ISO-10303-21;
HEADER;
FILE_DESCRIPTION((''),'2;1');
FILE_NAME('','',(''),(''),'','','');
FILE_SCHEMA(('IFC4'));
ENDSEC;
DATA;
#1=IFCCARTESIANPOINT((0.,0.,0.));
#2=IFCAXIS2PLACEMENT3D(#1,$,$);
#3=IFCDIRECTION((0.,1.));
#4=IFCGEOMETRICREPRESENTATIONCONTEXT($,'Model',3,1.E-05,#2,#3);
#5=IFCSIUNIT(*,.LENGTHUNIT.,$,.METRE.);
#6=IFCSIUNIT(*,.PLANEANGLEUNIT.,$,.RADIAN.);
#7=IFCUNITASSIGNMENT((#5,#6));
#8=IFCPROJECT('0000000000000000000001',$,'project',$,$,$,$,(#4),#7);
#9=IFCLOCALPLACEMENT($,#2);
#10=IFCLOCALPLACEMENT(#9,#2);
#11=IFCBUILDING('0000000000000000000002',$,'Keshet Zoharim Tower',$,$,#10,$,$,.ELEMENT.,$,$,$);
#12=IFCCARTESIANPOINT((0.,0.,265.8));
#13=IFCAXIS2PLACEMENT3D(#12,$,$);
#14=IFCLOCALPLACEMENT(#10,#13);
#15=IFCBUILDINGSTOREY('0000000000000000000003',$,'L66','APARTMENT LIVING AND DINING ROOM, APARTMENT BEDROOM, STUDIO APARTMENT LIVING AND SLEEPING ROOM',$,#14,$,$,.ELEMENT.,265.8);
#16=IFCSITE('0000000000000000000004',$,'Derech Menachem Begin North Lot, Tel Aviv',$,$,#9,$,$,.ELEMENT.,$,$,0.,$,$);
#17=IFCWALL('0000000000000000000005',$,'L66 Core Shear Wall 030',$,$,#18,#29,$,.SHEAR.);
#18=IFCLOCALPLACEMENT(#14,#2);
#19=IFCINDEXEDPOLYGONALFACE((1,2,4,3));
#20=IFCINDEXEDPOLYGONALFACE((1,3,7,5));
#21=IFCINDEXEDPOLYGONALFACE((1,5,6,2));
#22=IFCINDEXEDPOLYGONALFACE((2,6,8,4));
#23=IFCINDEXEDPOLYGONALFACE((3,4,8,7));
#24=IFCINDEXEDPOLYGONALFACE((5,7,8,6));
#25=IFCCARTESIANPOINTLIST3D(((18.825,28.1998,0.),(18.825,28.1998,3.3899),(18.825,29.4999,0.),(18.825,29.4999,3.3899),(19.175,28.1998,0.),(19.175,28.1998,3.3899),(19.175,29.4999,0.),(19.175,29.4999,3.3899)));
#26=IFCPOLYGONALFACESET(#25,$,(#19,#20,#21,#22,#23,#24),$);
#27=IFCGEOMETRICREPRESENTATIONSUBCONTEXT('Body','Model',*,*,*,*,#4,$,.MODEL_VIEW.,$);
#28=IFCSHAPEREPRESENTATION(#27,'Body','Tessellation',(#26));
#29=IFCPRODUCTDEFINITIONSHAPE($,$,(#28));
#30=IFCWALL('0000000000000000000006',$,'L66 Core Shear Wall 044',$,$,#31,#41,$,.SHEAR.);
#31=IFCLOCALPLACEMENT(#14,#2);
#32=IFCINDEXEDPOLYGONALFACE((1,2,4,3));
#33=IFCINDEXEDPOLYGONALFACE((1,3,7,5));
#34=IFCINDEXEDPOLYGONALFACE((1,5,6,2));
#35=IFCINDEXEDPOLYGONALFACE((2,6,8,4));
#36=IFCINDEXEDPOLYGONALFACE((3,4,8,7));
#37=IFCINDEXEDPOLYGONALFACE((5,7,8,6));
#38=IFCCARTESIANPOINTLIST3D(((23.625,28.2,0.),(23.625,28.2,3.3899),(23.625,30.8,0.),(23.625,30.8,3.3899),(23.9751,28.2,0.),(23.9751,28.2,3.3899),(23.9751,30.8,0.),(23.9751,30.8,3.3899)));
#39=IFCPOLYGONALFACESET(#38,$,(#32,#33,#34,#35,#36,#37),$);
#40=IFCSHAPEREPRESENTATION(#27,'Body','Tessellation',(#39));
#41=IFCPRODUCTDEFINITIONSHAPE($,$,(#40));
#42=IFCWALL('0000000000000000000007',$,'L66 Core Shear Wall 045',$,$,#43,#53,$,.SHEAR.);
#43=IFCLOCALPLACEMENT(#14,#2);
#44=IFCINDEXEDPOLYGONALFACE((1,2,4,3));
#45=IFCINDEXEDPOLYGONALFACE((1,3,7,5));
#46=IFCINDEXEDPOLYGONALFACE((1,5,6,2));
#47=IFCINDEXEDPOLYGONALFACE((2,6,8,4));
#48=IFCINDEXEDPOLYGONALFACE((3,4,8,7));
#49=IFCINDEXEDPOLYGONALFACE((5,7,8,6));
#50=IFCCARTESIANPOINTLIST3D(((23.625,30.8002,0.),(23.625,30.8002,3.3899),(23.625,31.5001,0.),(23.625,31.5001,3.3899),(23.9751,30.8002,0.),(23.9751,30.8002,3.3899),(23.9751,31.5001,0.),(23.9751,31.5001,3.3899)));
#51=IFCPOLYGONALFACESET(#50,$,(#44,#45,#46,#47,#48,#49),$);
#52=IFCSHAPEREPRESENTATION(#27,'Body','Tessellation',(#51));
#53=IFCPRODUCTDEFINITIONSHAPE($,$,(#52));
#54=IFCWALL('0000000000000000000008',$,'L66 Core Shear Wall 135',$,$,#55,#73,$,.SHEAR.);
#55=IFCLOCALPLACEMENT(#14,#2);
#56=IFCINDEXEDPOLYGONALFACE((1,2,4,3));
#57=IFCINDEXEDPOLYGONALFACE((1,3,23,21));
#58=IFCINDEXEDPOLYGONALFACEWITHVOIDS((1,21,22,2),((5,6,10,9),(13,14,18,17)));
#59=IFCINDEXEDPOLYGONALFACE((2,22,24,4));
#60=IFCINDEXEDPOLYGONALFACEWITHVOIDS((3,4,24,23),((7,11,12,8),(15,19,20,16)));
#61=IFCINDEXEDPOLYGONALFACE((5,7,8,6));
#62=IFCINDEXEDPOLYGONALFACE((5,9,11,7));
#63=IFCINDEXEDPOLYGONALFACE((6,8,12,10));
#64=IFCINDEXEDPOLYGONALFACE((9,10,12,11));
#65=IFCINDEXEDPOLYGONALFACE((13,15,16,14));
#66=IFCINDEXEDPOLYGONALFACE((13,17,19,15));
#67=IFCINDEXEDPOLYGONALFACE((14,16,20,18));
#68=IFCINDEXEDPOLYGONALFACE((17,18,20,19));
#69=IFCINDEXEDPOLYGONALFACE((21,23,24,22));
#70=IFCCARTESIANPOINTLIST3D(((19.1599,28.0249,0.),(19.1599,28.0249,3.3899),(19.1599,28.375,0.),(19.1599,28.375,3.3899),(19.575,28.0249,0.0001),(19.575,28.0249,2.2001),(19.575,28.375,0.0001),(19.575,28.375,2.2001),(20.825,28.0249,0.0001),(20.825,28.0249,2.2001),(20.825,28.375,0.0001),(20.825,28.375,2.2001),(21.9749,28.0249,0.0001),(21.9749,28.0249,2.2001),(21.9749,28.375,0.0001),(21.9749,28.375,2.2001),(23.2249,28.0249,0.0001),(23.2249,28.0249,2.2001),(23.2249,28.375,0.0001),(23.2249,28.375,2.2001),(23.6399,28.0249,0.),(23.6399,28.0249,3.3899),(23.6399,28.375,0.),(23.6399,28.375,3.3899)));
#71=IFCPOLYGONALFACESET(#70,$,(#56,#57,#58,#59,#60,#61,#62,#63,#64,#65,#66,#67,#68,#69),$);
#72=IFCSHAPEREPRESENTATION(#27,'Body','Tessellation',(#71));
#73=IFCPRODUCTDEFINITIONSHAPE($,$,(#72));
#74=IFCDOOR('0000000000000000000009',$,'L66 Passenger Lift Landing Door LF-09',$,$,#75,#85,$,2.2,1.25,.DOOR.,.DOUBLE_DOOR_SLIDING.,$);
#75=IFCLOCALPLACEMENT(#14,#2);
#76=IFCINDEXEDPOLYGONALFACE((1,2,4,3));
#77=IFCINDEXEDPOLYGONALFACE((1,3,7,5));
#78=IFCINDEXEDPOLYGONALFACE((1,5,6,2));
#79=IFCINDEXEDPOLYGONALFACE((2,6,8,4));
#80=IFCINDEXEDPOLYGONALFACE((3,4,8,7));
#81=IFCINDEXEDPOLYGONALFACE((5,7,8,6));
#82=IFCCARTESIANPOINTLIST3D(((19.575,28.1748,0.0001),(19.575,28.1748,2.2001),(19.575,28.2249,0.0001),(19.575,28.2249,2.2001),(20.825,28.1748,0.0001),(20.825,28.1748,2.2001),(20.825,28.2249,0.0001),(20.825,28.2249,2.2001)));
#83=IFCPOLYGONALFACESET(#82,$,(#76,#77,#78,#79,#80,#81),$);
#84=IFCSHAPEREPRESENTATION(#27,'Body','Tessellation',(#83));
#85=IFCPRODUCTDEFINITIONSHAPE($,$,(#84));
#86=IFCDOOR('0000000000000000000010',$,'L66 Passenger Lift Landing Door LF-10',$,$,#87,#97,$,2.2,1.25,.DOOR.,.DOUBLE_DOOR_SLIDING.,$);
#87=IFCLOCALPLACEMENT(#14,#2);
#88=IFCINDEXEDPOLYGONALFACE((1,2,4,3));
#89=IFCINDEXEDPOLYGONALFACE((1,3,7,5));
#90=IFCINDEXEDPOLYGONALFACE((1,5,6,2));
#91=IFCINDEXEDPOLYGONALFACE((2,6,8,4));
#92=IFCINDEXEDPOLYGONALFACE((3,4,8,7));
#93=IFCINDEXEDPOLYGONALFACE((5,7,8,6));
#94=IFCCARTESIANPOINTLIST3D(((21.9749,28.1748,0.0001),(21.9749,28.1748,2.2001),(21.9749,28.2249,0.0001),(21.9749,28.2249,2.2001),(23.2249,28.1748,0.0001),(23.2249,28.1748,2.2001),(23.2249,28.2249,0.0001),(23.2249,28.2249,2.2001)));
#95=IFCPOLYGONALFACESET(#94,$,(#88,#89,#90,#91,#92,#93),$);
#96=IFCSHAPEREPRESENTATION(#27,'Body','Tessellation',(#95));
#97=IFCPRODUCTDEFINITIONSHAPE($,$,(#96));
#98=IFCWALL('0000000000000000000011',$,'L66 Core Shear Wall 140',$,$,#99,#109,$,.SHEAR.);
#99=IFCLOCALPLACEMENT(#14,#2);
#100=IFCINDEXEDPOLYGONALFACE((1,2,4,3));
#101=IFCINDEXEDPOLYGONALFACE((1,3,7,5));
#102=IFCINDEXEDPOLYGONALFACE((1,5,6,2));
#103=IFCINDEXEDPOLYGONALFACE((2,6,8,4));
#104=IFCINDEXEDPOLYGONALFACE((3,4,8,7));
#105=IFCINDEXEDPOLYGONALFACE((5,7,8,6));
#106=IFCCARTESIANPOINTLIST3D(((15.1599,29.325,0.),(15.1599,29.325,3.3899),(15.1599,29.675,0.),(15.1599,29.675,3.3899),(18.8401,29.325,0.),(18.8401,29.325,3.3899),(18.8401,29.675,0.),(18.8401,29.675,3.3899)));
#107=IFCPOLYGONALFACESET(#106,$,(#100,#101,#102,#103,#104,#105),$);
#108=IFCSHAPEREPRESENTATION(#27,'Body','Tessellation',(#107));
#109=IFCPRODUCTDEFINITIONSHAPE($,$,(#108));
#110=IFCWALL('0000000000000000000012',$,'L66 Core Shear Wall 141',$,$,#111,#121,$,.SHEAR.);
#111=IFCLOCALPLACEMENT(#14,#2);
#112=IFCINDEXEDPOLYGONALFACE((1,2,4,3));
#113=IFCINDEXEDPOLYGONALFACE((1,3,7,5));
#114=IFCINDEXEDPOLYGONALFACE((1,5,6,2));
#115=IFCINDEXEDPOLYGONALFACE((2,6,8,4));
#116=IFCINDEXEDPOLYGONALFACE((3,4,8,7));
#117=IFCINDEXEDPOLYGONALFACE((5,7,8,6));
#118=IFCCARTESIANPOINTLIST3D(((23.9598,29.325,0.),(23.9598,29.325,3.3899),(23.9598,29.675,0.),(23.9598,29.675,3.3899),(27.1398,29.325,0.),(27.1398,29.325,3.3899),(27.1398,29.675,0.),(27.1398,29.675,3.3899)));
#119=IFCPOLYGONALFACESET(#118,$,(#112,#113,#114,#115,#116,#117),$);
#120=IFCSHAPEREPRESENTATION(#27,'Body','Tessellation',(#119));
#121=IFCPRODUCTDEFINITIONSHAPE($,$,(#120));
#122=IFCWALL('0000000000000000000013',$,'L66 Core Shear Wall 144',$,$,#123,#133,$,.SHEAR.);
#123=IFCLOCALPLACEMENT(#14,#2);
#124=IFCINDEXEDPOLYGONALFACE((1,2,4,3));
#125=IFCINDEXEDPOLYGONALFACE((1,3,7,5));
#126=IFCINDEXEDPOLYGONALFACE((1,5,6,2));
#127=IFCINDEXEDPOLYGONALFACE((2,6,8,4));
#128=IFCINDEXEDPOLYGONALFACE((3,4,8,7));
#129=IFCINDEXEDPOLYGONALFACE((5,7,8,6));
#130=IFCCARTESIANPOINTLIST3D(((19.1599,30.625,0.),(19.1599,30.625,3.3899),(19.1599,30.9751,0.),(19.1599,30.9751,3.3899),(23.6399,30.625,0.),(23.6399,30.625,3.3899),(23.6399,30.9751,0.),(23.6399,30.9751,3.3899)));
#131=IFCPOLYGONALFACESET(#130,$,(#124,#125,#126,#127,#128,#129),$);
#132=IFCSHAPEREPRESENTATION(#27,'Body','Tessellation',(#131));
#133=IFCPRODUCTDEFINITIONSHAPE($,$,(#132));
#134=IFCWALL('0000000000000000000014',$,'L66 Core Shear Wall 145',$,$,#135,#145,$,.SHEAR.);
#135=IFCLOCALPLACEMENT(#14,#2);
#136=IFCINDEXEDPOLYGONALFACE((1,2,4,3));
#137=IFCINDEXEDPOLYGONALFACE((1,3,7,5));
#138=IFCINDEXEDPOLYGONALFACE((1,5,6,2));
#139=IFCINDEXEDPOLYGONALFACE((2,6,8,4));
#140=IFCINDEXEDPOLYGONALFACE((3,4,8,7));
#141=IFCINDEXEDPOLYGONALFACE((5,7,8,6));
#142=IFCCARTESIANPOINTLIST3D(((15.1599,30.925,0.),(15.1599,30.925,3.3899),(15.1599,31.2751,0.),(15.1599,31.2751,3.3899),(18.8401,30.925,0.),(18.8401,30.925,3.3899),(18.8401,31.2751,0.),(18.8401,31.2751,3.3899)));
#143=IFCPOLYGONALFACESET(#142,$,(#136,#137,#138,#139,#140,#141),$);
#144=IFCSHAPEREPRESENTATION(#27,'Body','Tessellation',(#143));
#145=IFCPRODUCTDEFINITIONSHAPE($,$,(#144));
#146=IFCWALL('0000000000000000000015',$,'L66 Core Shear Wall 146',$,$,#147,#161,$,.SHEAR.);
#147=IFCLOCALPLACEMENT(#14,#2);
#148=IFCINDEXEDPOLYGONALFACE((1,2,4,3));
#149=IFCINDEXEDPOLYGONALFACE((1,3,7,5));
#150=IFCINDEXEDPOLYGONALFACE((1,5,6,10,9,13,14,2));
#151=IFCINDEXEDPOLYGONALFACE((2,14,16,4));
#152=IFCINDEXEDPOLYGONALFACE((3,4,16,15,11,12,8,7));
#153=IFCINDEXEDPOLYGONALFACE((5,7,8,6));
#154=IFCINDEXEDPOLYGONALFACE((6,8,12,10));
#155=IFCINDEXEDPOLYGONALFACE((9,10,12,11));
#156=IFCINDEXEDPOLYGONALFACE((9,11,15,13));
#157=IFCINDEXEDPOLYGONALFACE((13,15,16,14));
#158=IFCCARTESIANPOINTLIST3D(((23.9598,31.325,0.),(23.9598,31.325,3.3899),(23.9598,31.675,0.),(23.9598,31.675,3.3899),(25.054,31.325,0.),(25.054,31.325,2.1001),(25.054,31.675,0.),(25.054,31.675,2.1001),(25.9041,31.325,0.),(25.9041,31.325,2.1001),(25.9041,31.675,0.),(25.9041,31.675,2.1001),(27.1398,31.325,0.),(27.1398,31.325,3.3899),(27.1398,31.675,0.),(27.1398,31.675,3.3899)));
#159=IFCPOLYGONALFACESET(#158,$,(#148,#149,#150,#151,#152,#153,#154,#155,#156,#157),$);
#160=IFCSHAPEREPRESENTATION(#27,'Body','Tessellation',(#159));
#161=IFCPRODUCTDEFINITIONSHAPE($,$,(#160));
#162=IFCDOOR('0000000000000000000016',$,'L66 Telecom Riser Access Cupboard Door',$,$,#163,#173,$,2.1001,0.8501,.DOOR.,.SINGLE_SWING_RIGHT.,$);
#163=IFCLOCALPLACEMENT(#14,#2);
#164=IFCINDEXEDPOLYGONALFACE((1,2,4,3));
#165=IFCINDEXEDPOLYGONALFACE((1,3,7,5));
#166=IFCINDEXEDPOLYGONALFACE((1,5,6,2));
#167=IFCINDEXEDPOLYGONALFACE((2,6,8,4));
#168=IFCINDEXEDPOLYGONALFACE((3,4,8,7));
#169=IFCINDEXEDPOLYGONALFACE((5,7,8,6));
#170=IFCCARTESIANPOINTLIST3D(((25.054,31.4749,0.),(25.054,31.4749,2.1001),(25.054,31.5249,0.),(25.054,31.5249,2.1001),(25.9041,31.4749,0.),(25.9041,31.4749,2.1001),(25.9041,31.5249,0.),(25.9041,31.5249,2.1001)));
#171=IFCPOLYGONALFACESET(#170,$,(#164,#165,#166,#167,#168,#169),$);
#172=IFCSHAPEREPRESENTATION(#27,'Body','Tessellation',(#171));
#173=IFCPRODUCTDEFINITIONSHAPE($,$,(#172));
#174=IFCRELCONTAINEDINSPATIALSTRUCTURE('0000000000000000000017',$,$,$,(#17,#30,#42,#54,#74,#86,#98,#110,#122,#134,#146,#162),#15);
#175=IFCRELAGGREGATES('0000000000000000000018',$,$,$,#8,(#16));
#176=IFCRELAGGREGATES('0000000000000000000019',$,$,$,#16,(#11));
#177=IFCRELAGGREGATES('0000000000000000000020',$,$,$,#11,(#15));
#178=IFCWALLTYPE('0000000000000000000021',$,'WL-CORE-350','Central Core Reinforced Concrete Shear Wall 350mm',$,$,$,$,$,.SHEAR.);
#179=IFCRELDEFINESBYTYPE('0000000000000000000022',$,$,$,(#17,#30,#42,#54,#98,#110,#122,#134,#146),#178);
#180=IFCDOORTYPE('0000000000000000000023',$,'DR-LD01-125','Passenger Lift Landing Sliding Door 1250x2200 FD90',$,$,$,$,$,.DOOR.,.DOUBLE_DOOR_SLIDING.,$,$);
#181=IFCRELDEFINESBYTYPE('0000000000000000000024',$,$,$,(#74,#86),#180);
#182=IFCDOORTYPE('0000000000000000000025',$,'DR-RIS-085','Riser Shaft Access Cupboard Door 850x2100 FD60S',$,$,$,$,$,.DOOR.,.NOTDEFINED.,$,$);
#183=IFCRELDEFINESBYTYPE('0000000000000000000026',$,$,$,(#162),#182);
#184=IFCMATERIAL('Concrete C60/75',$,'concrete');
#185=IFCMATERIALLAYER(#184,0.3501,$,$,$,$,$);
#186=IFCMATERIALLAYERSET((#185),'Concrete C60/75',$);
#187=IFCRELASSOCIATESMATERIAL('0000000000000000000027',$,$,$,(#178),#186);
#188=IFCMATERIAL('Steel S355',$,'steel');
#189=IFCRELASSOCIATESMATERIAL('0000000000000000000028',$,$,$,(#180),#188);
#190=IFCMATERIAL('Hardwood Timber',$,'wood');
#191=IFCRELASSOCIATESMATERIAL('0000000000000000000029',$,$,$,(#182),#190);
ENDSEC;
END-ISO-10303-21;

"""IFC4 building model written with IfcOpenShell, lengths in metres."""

from ifc_helpers import new_model, si_unit, direction, frame, frame_2d, origin, place, context, subcontext, project, spatial, rectangle, extrude, material, layer, layer_set, type_object, element, fill, save


model = new_model("IFC4")

# Units and contexts
model_context = context("Model", 3, precision=1e-05, world=origin(), true_north=direction((0.0, 1.0)))
body_context = subcontext(model_context, "Body", "Model", "MODEL_VIEW")
ifc_project = project(units=[si_unit("LENGTHUNIT", "METRE"), si_unit("PLANEANGLEUNIT", "RADIAN")], contexts=[model_context])

# Site, building, storey
site_placement = place(None, origin())
site = spatial("IfcSite", under=ifc_project, at=site_placement, Name="Derech Menachem Begin North Lot, Tel Aviv", CompositionType="ELEMENT", RefElevation=0.0)
building_placement = place(site_placement, origin())
building = spatial("IfcBuilding", under=site, at=building_placement, Name="Keshet Zoharim Tower", CompositionType="ELEMENT")
storey_placement = place(building_placement, frame((0.0, 0.0, 265.8)))
storey = spatial("IfcBuildingStorey", under=building, at=storey_placement, Name="L66", Description="APARTMENT LIVING AND DINING ROOM, APARTMENT BEDROOM, STUDIO APARTMENT LIVING AND SLEEPING ROOM", CompositionType="ELEMENT", Elevation=265.8)

# Wall
ifc_material_1 = material(Name="Concrete C60/75", Category="concrete")
ifc_layer_1 = layer(ifc_material_1, 0.3501)
ifc_layer_set_1 = layer_set([ifc_layer_1], Name="Concrete C60/75")
wall_type_1 = type_object("IfcWallType", Name="WL-CORE-350", Description="Central Core Reinforced Concrete Shear Wall 350mm", PredefinedType="SHEAR", material=ifc_layer_set_1)
wall_1_placement = place(storey_placement, frame((19.0, 28.2, 0.0), z_axis=(0.0, 0.0, 1.0), x_axis=(0.0, 1.0, 0.0)))
element("IfcWall", 1, at=wall_1_placement, inside=storey, type_object=wall_type_1, Name="L66 Core Shear Wall 030", PredefinedType="SHEAR", context=body_context, shape_type="SweptSolid", body=[
    extrude(rectangle(XDim=1.3, YDim=0.3501, at=frame_2d((0.6499, 0.0))), origin(), (0.0, 0.0, 1.0), 3.3899),
])

# Shared definitions
ifc_material_2 = material(Name="Hardwood Timber", Category="wood")

# Walls
wall_2_placement = place(storey_placement, frame((23.8, 28.2, 0.0), z_axis=(0.0, 0.0, 1.0), x_axis=(0.0, 1.0, 0.0)))
element("IfcWall", 2, at=wall_2_placement, inside=storey, type_object=wall_type_1, Name="L66 Core Shear Wall 044", PredefinedType="SHEAR", context=body_context, shape_type="SweptSolid", body=[
    extrude(rectangle(XDim=2.6001, YDim=0.3501, at=frame_2d((1.3, 0.0))), origin(), (0.0, 0.0, 1.0), 3.3899),
])
wall_3_placement = place(storey_placement, frame((23.8, 30.8, 0.0), z_axis=(0.0, 0.0, 1.0), x_axis=(0.0, 1.0, 0.0)))
element("IfcWall", 3, at=wall_3_placement, inside=storey, type_object=wall_type_1, Name="L66 Core Shear Wall 045", PredefinedType="SHEAR", context=body_context, shape_type="SweptSolid", body=[
    extrude(rectangle(XDim=0.7, YDim=0.3501, at=frame_2d((0.3501, 0.0))), origin(), (0.0, 0.0, 1.0), 3.3899),
])

# Wall, openings, doors
wall_4_placement = place(storey_placement, frame((19.1599, 28.2, 0.0), z_axis=(0.0, 0.0, 1.0), x_axis=(1.0, 0.0, 0.0)))
wall_4 = element("IfcWall", 4, at=wall_4_placement, inside=storey, type_object=wall_type_1, Name="L66 Core Shear Wall 135", PredefinedType="SHEAR", context=body_context, shape_type="SweptSolid", body=[
    extrude(rectangle(XDim=4.48, YDim=0.3501, at=frame_2d((2.24, 0.0))), origin(), (0.0, 0.0, 1.0), 3.3899),
])
opening_1_placement = place(wall_4_placement, frame((0.415, 0.0, 0.0)))
opening_1 = element("IfcOpeningElement", 5, at=opening_1_placement, cuts=wall_4, PredefinedType="OPENING", context=body_context, shape_type="SweptSolid", body=[
    extrude(rectangle(XDim=1.25, YDim=2.2, at=frame_2d((0.625, 1.1001))), frame((0.0, 0.1851, 0.0), z_axis=(0.0, -1.0, 0.0), x_axis=(1.0, 0.0, 0.0)), (0.0, 0.0, 1.0), 0.3701),
])
opening_2_placement = place(wall_4_placement, frame((2.8149, 0.0, 0.0)))
opening_2 = element("IfcOpeningElement", 6, at=opening_2_placement, cuts=wall_4, PredefinedType="OPENING", context=body_context, shape_type="SweptSolid", body=[
    extrude(rectangle(XDim=1.25, YDim=2.2, at=frame_2d((0.625, 1.1001))), frame((0.0, 0.1851, 0.0), z_axis=(0.0, -1.0, 0.0), x_axis=(1.0, 0.0, 0.0)), (0.0, 0.0, 1.0), 0.3701),
])
ifc_material_3 = material(Name="Steel S355", Category="steel")
door_type_1 = type_object("IfcDoorType", Name="DR-LD01-125", Description="Passenger Lift Landing Sliding Door 1250x2200 FD90", OperationType="DOUBLE_DOOR_SLIDING", PredefinedType="DOOR", material=ifc_material_3)
door_1_placement = place(opening_1_placement, origin())
door_1 = element("IfcDoor", 7, at=door_1_placement, inside=storey, type_object=door_type_1, Name="L66 Passenger Lift Landing Door LF-09", OperationType="DOUBLE_DOOR_SLIDING", OverallHeight=2.2, OverallWidth=1.25, PredefinedType="DOOR", context=body_context, shape_type="SweptSolid", body=[
    extrude(rectangle(XDim=1.25, YDim=2.2, at=frame_2d((0.625, 1.1001))), frame((0.0, 0.0249, 0.0), z_axis=(0.0, -1.0, 0.0), x_axis=(1.0, 0.0, 0.0)), (0.0, 0.0, 1.0), 0.05),
])
fill(opening_1, door_1)
door_2_placement = place(opening_2_placement, origin())
door_2 = element("IfcDoor", 8, at=door_2_placement, inside=storey, type_object=door_type_1, Name="L66 Passenger Lift Landing Door LF-10", OperationType="DOUBLE_DOOR_SLIDING", OverallHeight=2.2, OverallWidth=1.25, PredefinedType="DOOR", context=body_context, shape_type="SweptSolid", body=[
    extrude(rectangle(XDim=1.25, YDim=2.2, at=frame_2d((0.625, 1.1001))), frame((0.0, 0.0249, 0.0), z_axis=(0.0, -1.0, 0.0), x_axis=(1.0, 0.0, 0.0)), (0.0, 0.0, 1.0), 0.05),
])
fill(opening_2, door_2)

# Walls
wall_5_placement = place(storey_placement, frame((15.1599, 29.5, 0.0), z_axis=(0.0, 0.0, 1.0), x_axis=(1.0, 0.0, 0.0)))
element("IfcWall", 9, at=wall_5_placement, inside=storey, type_object=wall_type_1, Name="L66 Core Shear Wall 140", PredefinedType="SHEAR", context=body_context, shape_type="SweptSolid", body=[
    extrude(rectangle(XDim=3.6802, YDim=0.3501, at=frame_2d((1.8401, 0.0))), origin(), (0.0, 0.0, 1.0), 3.3899),
])
wall_6_placement = place(storey_placement, frame((23.96, 29.5, 0.0), z_axis=(0.0, 0.0, 1.0), x_axis=(1.0, 0.0, 0.0)))
element("IfcWall", 10, at=wall_6_placement, inside=storey, type_object=wall_type_1, Name="L66 Core Shear Wall 141", PredefinedType="SHEAR", context=body_context, shape_type="SweptSolid", body=[
    extrude(rectangle(XDim=3.1799, YDim=0.3501, at=frame_2d((1.5898, 0.0))), origin(), (0.0, 0.0, 1.0), 3.3899),
])
wall_7_placement = place(storey_placement, frame((19.1599, 30.8, 0.0), z_axis=(0.0, 0.0, 1.0), x_axis=(1.0, 0.0, 0.0)))
element("IfcWall", 11, at=wall_7_placement, inside=storey, type_object=wall_type_1, Name="L66 Core Shear Wall 144", PredefinedType="SHEAR", context=body_context, shape_type="SweptSolid", body=[
    extrude(rectangle(XDim=4.48, YDim=0.3501, at=frame_2d((2.24, 0.0))), origin(), (0.0, 0.0, 1.0), 3.3899),
])
wall_8_placement = place(storey_placement, frame((15.1599, 31.1001, 0.0), z_axis=(0.0, 0.0, 1.0), x_axis=(1.0, 0.0, 0.0)))
element("IfcWall", 12, at=wall_8_placement, inside=storey, type_object=wall_type_1, Name="L66 Core Shear Wall 145", PredefinedType="SHEAR", context=body_context, shape_type="SweptSolid", body=[
    extrude(rectangle(XDim=3.6802, YDim=0.3501, at=frame_2d((1.8401, 0.0))), origin(), (0.0, 0.0, 1.0), 3.3899),
])

# Wall, opening, door
wall_9_placement = place(storey_placement, frame((23.96, 31.5, 0.0), z_axis=(0.0, 0.0, 1.0), x_axis=(1.0, 0.0, 0.0)))
wall_9 = element("IfcWall", 13, at=wall_9_placement, inside=storey, type_object=wall_type_1, Name="L66 Core Shear Wall 146", PredefinedType="SHEAR", context=body_context, shape_type="SweptSolid", body=[
    extrude(rectangle(XDim=3.1799, YDim=0.3501, at=frame_2d((1.5898, 0.0))), origin(), (0.0, 0.0, 1.0), 3.3899),
])
opening_3_placement = place(wall_9_placement, frame((1.094, 0.0, 0.0)))
opening_3 = element("IfcOpeningElement", 14, at=opening_3_placement, cuts=wall_9, PredefinedType="OPENING", context=body_context, shape_type="SweptSolid", body=[
    extrude(rectangle(XDim=0.8501, YDim=2.1001, at=frame_2d((0.425, 1.05))), frame((0.0, 0.1851, 0.0), z_axis=(0.0, -1.0, 0.0), x_axis=(1.0, 0.0, 0.0)), (0.0, 0.0, 1.0), 0.3701),
])
door_type_2 = type_object("IfcDoorType", Name="DR-RIS-085", Description="Riser Shaft Access Cupboard Door 850x2100 FD60S", OperationType="NOTDEFINED", PredefinedType="DOOR", material=ifc_material_2)
door_3_placement = place(opening_3_placement, origin())
door_3 = element("IfcDoor", 15, at=door_3_placement, inside=storey, type_object=door_type_2, Name="L66 Telecom Riser Access Cupboard Door", OperationType="SINGLE_SWING_RIGHT", OverallHeight=2.1001, OverallWidth=0.8501, PredefinedType="DOOR", context=body_context, shape_type="SweptSolid", body=[
    extrude(rectangle(XDim=0.8501, YDim=2.1001, at=frame_2d((0.425, 1.05))), frame((0.0, 0.0249, 0.0), z_axis=(0.0, -1.0, 0.0), x_axis=(1.0, 0.0, 0.0)), (0.0, 0.0, 1.0), 0.05),
])
fill(opening_3, door_3)

save(model, "model.ifc")
